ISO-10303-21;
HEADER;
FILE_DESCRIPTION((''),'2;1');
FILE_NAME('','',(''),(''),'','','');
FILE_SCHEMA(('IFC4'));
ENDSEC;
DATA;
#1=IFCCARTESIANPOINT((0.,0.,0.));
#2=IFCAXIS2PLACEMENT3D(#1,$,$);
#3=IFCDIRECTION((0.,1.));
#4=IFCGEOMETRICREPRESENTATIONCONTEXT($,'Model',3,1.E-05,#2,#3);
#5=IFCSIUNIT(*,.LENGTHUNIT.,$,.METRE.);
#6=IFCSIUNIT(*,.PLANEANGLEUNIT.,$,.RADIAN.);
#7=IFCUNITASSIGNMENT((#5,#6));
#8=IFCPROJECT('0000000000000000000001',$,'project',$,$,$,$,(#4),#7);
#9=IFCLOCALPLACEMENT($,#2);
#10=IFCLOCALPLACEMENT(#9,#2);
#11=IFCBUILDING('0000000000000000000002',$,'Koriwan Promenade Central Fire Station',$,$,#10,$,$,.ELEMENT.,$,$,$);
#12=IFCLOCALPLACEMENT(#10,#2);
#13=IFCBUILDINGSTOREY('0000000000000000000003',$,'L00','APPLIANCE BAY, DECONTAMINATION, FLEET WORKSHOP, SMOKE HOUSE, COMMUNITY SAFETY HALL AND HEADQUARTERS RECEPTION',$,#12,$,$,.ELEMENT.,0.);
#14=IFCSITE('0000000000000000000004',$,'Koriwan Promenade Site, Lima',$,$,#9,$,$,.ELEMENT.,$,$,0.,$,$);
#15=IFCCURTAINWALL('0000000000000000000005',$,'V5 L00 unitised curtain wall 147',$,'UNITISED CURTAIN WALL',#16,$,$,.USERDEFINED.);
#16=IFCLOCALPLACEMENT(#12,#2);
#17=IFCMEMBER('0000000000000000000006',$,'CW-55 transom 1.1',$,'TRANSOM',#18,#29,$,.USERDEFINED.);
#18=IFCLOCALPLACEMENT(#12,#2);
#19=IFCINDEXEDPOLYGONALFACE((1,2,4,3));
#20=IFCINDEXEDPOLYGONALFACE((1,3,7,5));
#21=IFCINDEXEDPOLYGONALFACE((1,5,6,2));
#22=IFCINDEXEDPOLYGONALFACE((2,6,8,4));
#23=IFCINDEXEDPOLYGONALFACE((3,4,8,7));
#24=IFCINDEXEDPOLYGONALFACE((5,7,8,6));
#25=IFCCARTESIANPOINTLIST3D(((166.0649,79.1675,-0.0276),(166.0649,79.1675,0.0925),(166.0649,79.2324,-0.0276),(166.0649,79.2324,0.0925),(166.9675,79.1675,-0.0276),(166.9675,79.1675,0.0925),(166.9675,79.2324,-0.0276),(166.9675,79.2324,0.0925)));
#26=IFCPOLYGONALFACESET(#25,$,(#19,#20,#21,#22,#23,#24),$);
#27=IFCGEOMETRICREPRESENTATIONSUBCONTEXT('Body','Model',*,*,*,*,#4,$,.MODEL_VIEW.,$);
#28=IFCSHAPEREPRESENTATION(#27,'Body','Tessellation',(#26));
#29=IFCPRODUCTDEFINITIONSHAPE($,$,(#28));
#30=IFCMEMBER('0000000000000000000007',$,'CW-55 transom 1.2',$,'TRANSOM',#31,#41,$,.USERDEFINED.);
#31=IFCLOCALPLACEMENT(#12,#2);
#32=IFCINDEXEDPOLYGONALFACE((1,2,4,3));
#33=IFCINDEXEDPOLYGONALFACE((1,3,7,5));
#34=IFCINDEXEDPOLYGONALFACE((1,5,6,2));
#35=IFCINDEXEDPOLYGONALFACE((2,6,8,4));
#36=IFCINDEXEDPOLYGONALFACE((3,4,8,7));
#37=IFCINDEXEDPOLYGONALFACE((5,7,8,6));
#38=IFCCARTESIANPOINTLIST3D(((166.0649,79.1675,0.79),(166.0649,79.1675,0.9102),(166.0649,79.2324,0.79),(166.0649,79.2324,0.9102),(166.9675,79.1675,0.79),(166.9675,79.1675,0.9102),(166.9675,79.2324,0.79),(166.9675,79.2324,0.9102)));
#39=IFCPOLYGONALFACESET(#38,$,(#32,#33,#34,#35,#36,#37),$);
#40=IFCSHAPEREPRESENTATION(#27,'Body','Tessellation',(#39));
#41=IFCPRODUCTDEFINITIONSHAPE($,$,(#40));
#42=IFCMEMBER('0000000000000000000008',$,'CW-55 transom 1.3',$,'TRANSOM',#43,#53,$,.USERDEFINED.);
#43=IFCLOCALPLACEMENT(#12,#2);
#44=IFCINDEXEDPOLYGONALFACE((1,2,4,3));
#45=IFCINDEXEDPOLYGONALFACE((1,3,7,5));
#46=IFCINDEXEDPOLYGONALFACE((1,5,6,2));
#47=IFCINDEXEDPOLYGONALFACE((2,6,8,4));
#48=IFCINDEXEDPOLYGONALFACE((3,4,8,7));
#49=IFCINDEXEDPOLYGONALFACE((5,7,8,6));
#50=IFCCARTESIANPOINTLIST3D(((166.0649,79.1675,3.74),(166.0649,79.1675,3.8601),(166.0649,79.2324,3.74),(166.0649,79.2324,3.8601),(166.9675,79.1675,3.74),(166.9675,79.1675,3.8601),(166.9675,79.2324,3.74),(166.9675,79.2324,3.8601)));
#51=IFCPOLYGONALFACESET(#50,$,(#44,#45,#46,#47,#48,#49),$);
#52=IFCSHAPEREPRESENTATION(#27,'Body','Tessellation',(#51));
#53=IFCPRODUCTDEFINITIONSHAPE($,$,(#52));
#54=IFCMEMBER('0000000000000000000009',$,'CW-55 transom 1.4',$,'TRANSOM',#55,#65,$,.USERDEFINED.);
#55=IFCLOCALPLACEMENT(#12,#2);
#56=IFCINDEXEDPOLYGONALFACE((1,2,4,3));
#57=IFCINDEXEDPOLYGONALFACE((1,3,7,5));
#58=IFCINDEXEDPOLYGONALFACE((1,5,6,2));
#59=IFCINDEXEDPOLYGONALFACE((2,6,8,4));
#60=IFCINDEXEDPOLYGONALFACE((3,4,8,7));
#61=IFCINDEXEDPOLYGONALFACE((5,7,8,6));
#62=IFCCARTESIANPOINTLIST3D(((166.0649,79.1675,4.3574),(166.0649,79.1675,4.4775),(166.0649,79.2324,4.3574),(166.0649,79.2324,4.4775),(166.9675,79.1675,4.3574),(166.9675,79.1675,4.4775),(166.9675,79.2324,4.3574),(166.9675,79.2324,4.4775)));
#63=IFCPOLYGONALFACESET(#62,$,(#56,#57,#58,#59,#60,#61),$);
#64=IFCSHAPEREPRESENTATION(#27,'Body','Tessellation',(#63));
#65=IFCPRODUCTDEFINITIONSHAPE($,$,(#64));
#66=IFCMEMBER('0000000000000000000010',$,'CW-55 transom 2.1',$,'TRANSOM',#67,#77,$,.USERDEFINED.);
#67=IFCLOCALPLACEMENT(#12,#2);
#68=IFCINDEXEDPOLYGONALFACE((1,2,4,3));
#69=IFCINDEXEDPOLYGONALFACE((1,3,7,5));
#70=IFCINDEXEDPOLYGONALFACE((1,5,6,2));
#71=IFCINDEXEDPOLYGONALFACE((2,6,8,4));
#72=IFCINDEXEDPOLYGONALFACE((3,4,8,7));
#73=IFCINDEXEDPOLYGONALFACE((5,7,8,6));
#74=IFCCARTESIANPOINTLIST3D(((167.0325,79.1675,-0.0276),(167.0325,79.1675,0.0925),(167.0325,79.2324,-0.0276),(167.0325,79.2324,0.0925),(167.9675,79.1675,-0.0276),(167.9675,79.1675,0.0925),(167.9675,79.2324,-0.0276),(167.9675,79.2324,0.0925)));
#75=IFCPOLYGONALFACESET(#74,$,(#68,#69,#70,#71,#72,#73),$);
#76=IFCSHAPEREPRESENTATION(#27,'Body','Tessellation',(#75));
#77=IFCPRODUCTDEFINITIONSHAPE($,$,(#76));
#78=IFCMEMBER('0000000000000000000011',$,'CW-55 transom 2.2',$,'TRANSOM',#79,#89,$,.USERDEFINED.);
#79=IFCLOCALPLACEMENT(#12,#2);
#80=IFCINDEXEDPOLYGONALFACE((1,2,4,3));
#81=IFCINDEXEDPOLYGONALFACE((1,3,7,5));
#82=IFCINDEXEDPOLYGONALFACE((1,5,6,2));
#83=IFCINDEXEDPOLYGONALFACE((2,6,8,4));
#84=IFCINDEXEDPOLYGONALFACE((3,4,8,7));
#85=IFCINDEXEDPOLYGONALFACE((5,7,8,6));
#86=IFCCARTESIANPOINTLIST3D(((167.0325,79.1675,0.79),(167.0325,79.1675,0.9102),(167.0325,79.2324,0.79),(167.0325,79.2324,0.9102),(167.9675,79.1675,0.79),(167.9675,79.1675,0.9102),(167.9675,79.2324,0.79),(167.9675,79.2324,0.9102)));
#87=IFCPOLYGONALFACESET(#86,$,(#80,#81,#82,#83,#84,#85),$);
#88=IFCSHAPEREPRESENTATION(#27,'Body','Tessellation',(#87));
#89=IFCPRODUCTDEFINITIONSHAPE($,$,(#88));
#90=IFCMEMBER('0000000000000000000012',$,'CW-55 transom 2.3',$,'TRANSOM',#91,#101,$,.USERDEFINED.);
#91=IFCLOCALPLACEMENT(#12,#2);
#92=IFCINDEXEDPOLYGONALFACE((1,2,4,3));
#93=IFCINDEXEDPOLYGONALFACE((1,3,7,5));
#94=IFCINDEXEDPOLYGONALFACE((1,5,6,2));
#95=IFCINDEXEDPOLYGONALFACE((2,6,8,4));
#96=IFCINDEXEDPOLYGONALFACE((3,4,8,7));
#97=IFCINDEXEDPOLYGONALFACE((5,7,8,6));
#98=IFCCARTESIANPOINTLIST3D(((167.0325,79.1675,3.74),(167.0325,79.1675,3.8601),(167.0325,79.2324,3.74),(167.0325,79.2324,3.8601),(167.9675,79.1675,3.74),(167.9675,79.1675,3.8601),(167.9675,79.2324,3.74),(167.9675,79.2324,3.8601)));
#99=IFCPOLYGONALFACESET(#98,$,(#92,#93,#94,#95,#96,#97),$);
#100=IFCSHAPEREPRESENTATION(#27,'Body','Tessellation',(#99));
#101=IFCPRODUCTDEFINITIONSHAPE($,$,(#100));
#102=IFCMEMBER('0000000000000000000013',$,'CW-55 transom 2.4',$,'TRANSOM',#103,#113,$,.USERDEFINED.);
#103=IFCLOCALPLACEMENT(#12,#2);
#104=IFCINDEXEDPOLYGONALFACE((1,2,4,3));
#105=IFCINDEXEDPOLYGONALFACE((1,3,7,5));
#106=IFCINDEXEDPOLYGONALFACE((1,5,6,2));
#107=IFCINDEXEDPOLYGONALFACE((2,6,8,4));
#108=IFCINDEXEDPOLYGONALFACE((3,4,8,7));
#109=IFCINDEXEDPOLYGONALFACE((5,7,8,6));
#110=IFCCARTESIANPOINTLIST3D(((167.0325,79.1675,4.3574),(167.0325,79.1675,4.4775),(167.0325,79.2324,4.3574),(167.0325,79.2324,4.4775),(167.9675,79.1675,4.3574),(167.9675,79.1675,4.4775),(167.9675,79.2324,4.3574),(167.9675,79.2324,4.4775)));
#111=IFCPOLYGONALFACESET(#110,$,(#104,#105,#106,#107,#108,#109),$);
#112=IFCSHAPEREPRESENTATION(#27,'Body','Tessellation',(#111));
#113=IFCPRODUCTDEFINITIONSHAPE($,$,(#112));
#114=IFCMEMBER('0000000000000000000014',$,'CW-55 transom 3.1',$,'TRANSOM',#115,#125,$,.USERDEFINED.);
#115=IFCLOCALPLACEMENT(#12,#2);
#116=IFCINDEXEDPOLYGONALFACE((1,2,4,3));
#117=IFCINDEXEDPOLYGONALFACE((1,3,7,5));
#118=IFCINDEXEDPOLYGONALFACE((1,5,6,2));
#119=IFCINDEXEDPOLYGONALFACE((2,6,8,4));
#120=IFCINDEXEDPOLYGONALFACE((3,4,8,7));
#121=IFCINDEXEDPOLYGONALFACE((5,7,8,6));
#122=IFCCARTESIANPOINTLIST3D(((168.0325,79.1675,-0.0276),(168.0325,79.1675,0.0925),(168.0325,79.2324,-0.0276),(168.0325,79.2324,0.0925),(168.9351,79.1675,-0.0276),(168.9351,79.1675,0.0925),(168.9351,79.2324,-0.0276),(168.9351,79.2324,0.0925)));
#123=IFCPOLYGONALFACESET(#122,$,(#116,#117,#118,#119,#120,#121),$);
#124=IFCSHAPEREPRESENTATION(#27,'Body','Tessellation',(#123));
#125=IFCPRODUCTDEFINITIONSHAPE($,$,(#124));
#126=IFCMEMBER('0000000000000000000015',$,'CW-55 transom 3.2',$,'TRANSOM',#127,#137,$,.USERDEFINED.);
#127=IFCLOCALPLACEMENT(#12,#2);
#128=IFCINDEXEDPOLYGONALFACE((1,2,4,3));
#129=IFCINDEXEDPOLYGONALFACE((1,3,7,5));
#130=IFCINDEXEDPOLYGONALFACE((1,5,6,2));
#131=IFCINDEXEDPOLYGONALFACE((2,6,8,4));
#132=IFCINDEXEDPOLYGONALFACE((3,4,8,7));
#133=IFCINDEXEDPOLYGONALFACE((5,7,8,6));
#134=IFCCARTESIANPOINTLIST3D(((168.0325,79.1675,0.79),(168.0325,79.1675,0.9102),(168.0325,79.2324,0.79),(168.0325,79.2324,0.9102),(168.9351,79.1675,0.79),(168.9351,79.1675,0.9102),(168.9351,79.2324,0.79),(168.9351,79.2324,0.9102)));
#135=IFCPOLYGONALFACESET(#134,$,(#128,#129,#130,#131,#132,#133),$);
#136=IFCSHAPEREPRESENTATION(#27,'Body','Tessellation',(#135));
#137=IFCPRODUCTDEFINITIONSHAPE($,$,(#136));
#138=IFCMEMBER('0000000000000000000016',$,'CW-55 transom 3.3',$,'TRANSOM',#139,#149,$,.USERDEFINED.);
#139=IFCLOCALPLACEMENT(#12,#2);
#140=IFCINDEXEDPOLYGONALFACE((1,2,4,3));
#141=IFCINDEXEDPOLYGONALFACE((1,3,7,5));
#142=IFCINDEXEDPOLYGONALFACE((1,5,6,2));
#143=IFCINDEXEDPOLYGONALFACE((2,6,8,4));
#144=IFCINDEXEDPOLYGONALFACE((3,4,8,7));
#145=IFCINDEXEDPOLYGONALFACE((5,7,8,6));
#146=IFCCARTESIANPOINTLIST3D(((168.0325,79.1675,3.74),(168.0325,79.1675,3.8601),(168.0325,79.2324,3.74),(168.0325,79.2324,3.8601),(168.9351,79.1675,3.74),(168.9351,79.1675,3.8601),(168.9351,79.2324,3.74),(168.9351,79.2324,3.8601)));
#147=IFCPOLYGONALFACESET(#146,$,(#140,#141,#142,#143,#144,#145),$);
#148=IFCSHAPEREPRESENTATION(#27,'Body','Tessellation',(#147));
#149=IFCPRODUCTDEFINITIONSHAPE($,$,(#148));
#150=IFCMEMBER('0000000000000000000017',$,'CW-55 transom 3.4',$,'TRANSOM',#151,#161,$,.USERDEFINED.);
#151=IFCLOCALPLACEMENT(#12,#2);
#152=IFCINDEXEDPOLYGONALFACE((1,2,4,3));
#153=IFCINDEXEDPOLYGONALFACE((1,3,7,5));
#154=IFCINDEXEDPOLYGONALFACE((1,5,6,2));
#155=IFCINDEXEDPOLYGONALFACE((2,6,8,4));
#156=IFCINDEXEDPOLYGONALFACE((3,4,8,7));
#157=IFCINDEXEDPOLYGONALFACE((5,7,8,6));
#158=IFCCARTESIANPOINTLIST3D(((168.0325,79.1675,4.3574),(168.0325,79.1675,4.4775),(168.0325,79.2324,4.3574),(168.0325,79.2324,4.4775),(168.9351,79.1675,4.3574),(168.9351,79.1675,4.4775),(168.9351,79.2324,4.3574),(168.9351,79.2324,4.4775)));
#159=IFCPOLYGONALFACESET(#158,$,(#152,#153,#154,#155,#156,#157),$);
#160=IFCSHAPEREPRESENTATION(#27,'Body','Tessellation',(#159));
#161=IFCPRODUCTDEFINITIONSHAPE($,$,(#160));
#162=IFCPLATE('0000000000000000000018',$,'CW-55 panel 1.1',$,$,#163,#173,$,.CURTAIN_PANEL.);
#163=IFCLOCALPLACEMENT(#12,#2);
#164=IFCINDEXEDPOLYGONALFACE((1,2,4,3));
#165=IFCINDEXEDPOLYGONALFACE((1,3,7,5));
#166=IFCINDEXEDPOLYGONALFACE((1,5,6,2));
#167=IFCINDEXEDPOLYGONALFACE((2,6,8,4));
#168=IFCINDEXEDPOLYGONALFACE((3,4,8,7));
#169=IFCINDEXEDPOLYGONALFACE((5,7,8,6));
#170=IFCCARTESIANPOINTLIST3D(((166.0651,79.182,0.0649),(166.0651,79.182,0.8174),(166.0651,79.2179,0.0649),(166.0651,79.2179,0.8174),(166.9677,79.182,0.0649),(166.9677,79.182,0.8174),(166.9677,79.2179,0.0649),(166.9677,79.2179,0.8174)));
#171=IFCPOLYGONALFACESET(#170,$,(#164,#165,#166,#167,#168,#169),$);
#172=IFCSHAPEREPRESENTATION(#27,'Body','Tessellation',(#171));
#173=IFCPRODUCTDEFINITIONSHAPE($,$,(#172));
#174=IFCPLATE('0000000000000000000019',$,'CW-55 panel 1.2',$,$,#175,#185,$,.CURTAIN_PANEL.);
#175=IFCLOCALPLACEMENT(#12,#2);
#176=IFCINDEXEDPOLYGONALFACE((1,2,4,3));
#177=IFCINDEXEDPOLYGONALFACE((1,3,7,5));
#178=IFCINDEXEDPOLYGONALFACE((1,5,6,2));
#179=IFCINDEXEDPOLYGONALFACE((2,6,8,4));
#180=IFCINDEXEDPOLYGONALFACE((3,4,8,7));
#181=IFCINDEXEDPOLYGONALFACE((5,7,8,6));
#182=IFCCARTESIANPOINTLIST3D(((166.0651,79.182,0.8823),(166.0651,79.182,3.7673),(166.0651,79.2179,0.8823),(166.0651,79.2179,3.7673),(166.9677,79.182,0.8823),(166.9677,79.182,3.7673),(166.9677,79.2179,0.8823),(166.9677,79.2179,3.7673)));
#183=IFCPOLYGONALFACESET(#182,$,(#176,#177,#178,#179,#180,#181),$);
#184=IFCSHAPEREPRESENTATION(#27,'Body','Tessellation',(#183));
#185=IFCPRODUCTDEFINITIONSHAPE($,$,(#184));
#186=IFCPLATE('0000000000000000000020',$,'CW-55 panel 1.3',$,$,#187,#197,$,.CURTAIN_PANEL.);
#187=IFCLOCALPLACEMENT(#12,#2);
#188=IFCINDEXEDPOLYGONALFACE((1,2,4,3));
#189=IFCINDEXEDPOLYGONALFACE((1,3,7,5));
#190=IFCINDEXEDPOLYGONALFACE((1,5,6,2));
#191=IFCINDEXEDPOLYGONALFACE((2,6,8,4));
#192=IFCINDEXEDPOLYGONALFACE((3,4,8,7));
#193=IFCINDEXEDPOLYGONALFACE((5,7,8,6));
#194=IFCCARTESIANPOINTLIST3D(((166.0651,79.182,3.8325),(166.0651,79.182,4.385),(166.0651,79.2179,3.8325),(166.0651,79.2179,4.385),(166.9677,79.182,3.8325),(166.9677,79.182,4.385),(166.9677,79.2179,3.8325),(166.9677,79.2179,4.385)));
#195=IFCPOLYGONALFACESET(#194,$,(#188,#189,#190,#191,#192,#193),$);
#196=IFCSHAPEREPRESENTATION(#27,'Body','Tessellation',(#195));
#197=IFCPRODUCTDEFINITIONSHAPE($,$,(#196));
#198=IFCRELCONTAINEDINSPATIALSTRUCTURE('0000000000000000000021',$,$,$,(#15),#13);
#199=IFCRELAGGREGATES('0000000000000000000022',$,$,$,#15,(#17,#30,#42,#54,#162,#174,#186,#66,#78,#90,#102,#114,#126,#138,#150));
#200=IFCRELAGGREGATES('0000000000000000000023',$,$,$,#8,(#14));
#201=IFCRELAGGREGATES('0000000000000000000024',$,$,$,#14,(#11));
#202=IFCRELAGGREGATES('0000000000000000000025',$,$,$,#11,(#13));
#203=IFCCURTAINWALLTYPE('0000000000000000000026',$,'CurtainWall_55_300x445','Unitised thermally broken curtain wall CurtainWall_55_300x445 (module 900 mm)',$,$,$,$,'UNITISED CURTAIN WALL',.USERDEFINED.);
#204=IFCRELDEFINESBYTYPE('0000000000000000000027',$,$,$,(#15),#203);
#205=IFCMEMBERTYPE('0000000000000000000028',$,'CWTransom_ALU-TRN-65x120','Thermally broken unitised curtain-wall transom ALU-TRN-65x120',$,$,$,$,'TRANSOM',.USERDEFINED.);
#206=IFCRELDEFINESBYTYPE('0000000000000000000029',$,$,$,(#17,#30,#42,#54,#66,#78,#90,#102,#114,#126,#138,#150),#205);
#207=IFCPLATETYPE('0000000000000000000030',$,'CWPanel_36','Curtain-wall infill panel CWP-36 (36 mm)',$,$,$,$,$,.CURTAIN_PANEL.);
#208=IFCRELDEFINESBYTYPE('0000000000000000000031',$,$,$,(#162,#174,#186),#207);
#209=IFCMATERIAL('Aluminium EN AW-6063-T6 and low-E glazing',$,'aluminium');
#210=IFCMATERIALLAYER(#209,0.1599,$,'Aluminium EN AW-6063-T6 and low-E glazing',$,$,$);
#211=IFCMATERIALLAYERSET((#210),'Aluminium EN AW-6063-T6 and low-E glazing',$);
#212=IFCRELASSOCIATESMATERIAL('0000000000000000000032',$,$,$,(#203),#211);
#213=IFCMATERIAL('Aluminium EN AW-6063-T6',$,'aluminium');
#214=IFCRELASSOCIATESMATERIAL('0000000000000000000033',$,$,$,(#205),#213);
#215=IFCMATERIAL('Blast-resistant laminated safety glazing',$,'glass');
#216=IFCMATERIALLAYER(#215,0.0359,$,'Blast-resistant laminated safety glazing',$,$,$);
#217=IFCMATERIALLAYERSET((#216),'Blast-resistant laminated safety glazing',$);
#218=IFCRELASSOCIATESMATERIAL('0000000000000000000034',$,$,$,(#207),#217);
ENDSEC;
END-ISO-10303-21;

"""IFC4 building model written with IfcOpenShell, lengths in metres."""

from ifc_helpers import new_model, si_unit, direction, frame, origin, origin_2d, place, context, subcontext, project, spatial, rectangle, extrude, material, layer, layer_set, material_profile, profile_set, type_object, element, aggregate, save


model = new_model("IFC4")

# Units and contexts
model_context = context("Model", 3, precision=1e-05, world=origin(), true_north=direction((0.0, 1.0)))
body_context = subcontext(model_context, "Body", "Model", "MODEL_VIEW")
ifc_project = project(units=[si_unit("LENGTHUNIT", "METRE"), si_unit("PLANEANGLEUNIT", "RADIAN")], contexts=[model_context])

# Site, building, storey
site_placement = place(None, origin())
site = spatial("IfcSite", under=ifc_project, at=site_placement, Name="Koriwan Promenade Site, Lima", CompositionType="ELEMENT", RefElevation=0.0)
building_placement = place(site_placement, origin())
building = spatial("IfcBuilding", under=site, at=building_placement, Name="Koriwan Promenade Central Fire Station", CompositionType="ELEMENT")
storey_placement = place(building_placement, origin())
storey = spatial("IfcBuildingStorey", under=building, at=storey_placement, Name="L00", Description="APPLIANCE BAY, DECONTAMINATION, FLEET WORKSHOP, SMOKE HOUSE, COMMUNITY SAFETY HALL AND HEADQUARTERS RECEPTION", CompositionType="ELEMENT", Elevation=0.0)

# Curtain wall, members, plates
ifc_material_1 = material(Name="Aluminium EN AW-6063-T6 and low-E glazing", Category="aluminium")
ifc_layer_1 = layer(ifc_material_1, 0.1599, Name="Aluminium EN AW-6063-T6 and low-E glazing")
ifc_layer_set_1 = layer_set([ifc_layer_1], Name="Aluminium EN AW-6063-T6 and low-E glazing")
curtain_wall_type = type_object("IfcCurtainWallType", Name="CurtainWall_55_300x445", Description="Unitised thermally broken curtain wall CurtainWall_55_300x445 (module 900 mm)", ElementType="UNITISED CURTAIN WALL", PredefinedType="USERDEFINED", material=ifc_layer_set_1)
curtain_wall_placement = place(storey_placement, origin())
curtain_wall = element("IfcCurtainWall", 1, at=curtain_wall_placement, inside=storey, type_object=curtain_wall_type, Name="V5 L00 unitised curtain wall 147", ObjectType="UNITISED CURTAIN WALL", PredefinedType="USERDEFINED")
ifc_material_2 = material(Name="Aluminium EN AW-6063-T6", Category="aluminium")
ifc_material_profile_1 = material_profile(ifc_material_2, rectangle(XDim=0.0649, YDim=0.1201, at=origin_2d()), Name="ALU-TRN-65x120")
ifc_profile_set_1 = profile_set([ifc_material_profile_1], Name="Aluminium EN AW-6063-T6")
member_type_1 = type_object("IfcMemberType", Name="CWTransom_ALU-TRN-65x120", Description="Thermally broken unitised curtain-wall transom ALU-TRN-65x120", ElementType="TRANSOM", PredefinedType="USERDEFINED", material=ifc_profile_set_1)
member_1_placement = place(storey_placement, frame((166.0649, 79.2, 0.0325), z_axis=(1.0, 0.0, 0.0), x_axis=(0.0, 1.0, 0.0)))
member_1 = element("IfcMember", 2, at=member_1_placement, type_object=member_type_1, Name="CW-55 transom 1.1", ObjectType="TRANSOM", PredefinedType="USERDEFINED", context=body_context, shape_type="SweptSolid", body=[
    extrude(rectangle(XDim=0.0649, YDim=0.1201, at=origin_2d()), origin(), (0.0, 0.0, 1.0), 0.9026),
])
member_2_placement = place(storey_placement, frame((166.0649, 79.2, 0.8501), z_axis=(1.0, 0.0, 0.0), x_axis=(0.0, 1.0, 0.0)))
member_2 = element("IfcMember", 3, at=member_2_placement, type_object=member_type_1, Name="CW-55 transom 1.2", ObjectType="TRANSOM", PredefinedType="USERDEFINED", context=body_context, shape_type="SweptSolid", body=[
    extrude(rectangle(XDim=0.0649, YDim=0.1201, at=origin_2d()), origin(), (0.0, 0.0, 1.0), 0.9026),
])
member_3_placement = place(storey_placement, frame((166.0649, 79.2, 3.8), z_axis=(1.0, 0.0, 0.0), x_axis=(0.0, 1.0, 0.0)))
member_3 = element("IfcMember", 4, at=member_3_placement, type_object=member_type_1, Name="CW-55 transom 1.3", ObjectType="TRANSOM", PredefinedType="USERDEFINED", context=body_context, shape_type="SweptSolid", body=[
    extrude(rectangle(XDim=0.0649, YDim=0.1201, at=origin_2d()), origin(), (0.0, 0.0, 1.0), 0.9026),
])
member_4_placement = place(storey_placement, frame((166.0649, 79.2, 4.4175), z_axis=(1.0, 0.0, 0.0), x_axis=(0.0, 1.0, 0.0)))
member_4 = element("IfcMember", 5, at=member_4_placement, type_object=member_type_1, Name="CW-55 transom 1.4", ObjectType="TRANSOM", PredefinedType="USERDEFINED", context=body_context, shape_type="SweptSolid", body=[
    extrude(rectangle(XDim=0.0649, YDim=0.1201, at=origin_2d()), origin(), (0.0, 0.0, 1.0), 0.9026),
])
member_5_placement = place(storey_placement, frame((167.0325, 79.2, 0.0325), z_axis=(1.0, 0.0, 0.0), x_axis=(0.0, 1.0, 0.0)))
member_5 = element("IfcMember", 6, at=member_5_placement, type_object=member_type_1, Name="CW-55 transom 2.1", ObjectType="TRANSOM", PredefinedType="USERDEFINED", context=body_context, shape_type="SweptSolid", body=[
    extrude(rectangle(XDim=0.0649, YDim=0.1201, at=origin_2d()), origin(), (0.0, 0.0, 1.0), 0.9351),
])
member_6_placement = place(storey_placement, frame((167.0325, 79.2, 0.8501), z_axis=(1.0, 0.0, 0.0), x_axis=(0.0, 1.0, 0.0)))
member_6 = element("IfcMember", 7, at=member_6_placement, type_object=member_type_1, Name="CW-55 transom 2.2", ObjectType="TRANSOM", PredefinedType="USERDEFINED", context=body_context, shape_type="SweptSolid", body=[
    extrude(rectangle(XDim=0.0649, YDim=0.1201, at=origin_2d()), origin(), (0.0, 0.0, 1.0), 0.9351),
])
member_7_placement = place(storey_placement, frame((167.0325, 79.2, 3.8), z_axis=(1.0, 0.0, 0.0), x_axis=(0.0, 1.0, 0.0)))
member_7 = element("IfcMember", 8, at=member_7_placement, type_object=member_type_1, Name="CW-55 transom 2.3", ObjectType="TRANSOM", PredefinedType="USERDEFINED", context=body_context, shape_type="SweptSolid", body=[
    extrude(rectangle(XDim=0.0649, YDim=0.1201, at=origin_2d()), origin(), (0.0, 0.0, 1.0), 0.9351),
])
member_8_placement = place(storey_placement, frame((167.0325, 79.2, 4.4175), z_axis=(1.0, 0.0, 0.0), x_axis=(0.0, 1.0, 0.0)))
member_8 = element("IfcMember", 9, at=member_8_placement, type_object=member_type_1, Name="CW-55 transom 2.4", ObjectType="TRANSOM", PredefinedType="USERDEFINED", context=body_context, shape_type="SweptSolid", body=[
    extrude(rectangle(XDim=0.0649, YDim=0.1201, at=origin_2d()), origin(), (0.0, 0.0, 1.0), 0.9351),
])
member_9_placement = place(storey_placement, frame((168.0325, 79.2, 0.0325), z_axis=(1.0, 0.0, 0.0), x_axis=(0.0, 1.0, 0.0)))
member_9 = element("IfcMember", 10, at=member_9_placement, type_object=member_type_1, Name="CW-55 transom 3.1", ObjectType="TRANSOM", PredefinedType="USERDEFINED", context=body_context, shape_type="SweptSolid", body=[
    extrude(rectangle(XDim=0.0649, YDim=0.1201, at=origin_2d()), origin(), (0.0, 0.0, 1.0), 0.9026),
])
member_10_placement = place(storey_placement, frame((168.0325, 79.2, 0.8501), z_axis=(1.0, 0.0, 0.0), x_axis=(0.0, 1.0, 0.0)))
member_10 = element("IfcMember", 11, at=member_10_placement, type_object=member_type_1, Name="CW-55 transom 3.2", ObjectType="TRANSOM", PredefinedType="USERDEFINED", context=body_context, shape_type="SweptSolid", body=[
    extrude(rectangle(XDim=0.0649, YDim=0.1201, at=origin_2d()), origin(), (0.0, 0.0, 1.0), 0.9026),
])
member_11_placement = place(storey_placement, frame((168.0325, 79.2, 3.8), z_axis=(1.0, 0.0, 0.0), x_axis=(0.0, 1.0, 0.0)))
member_11 = element("IfcMember", 12, at=member_11_placement, type_object=member_type_1, Name="CW-55 transom 3.3", ObjectType="TRANSOM", PredefinedType="USERDEFINED", context=body_context, shape_type="SweptSolid", body=[
    extrude(rectangle(XDim=0.0649, YDim=0.1201, at=origin_2d()), origin(), (0.0, 0.0, 1.0), 0.9026),
])
member_12_placement = place(storey_placement, frame((168.0325, 79.2, 4.4175), z_axis=(1.0, 0.0, 0.0), x_axis=(0.0, 1.0, 0.0)))
member_12 = element("IfcMember", 13, at=member_12_placement, type_object=member_type_1, Name="CW-55 transom 3.4", ObjectType="TRANSOM", PredefinedType="USERDEFINED", context=body_context, shape_type="SweptSolid", body=[
    extrude(rectangle(XDim=0.0649, YDim=0.1201, at=origin_2d()), origin(), (0.0, 0.0, 1.0), 0.9026),
])
ifc_material_3 = material(Name="Blast-resistant laminated safety glazing", Category="glass")
ifc_layer_2 = layer(ifc_material_3, 0.0359, Name="Blast-resistant laminated safety glazing")
ifc_layer_set_2 = layer_set([ifc_layer_2], Name="Blast-resistant laminated safety glazing")
plate_type = type_object("IfcPlateType", Name="CWPanel_36", Description="Curtain-wall infill panel CWP-36 (36 mm)", PredefinedType="CURTAIN_PANEL", material=ifc_layer_set_2)
plate_1_placement = place(storey_placement, frame((166.5164, 79.2, 0.0649), z_axis=(0.0, 0.0, 1.0), x_axis=(1.0, 0.0, 0.0)))
plate_1 = element("IfcPlate", 14, at=plate_1_placement, type_object=plate_type, Name="CW-55 panel 1.1", PredefinedType="CURTAIN_PANEL", context=body_context, shape_type="SweptSolid", body=[
    extrude(rectangle(XDim=0.9026, YDim=0.0359, at=origin_2d()), origin(), (0.0, 0.0, 1.0), 0.7524),
])
plate_2_placement = place(storey_placement, frame((166.5164, 79.2, 0.8823), z_axis=(0.0, 0.0, 1.0), x_axis=(1.0, 0.0, 0.0)))
plate_2 = element("IfcPlate", 15, at=plate_2_placement, type_object=plate_type, Name="CW-55 panel 1.2", PredefinedType="CURTAIN_PANEL", context=body_context, shape_type="SweptSolid", body=[
    extrude(rectangle(XDim=0.9026, YDim=0.0359, at=origin_2d()), origin(), (0.0, 0.0, 1.0), 2.885),
])
plate_3_placement = place(storey_placement, frame((166.5164, 79.2, 3.8325), z_axis=(0.0, 0.0, 1.0), x_axis=(1.0, 0.0, 0.0)))
plate_3 = element("IfcPlate", 16, at=plate_3_placement, type_object=plate_type, Name="CW-55 panel 1.3", PredefinedType="CURTAIN_PANEL", context=body_context, shape_type="SweptSolid", body=[
    extrude(rectangle(XDim=0.9026, YDim=0.0359, at=origin_2d()), origin(), (0.0, 0.0, 1.0), 0.5525),
])
aggregate(curtain_wall, [member_1, member_2, member_3, member_4, plate_1, plate_2, plate_3, member_5, member_6, member_7, member_8, member_9, member_10, member_11, member_12])

save(model, "model.ifc")
